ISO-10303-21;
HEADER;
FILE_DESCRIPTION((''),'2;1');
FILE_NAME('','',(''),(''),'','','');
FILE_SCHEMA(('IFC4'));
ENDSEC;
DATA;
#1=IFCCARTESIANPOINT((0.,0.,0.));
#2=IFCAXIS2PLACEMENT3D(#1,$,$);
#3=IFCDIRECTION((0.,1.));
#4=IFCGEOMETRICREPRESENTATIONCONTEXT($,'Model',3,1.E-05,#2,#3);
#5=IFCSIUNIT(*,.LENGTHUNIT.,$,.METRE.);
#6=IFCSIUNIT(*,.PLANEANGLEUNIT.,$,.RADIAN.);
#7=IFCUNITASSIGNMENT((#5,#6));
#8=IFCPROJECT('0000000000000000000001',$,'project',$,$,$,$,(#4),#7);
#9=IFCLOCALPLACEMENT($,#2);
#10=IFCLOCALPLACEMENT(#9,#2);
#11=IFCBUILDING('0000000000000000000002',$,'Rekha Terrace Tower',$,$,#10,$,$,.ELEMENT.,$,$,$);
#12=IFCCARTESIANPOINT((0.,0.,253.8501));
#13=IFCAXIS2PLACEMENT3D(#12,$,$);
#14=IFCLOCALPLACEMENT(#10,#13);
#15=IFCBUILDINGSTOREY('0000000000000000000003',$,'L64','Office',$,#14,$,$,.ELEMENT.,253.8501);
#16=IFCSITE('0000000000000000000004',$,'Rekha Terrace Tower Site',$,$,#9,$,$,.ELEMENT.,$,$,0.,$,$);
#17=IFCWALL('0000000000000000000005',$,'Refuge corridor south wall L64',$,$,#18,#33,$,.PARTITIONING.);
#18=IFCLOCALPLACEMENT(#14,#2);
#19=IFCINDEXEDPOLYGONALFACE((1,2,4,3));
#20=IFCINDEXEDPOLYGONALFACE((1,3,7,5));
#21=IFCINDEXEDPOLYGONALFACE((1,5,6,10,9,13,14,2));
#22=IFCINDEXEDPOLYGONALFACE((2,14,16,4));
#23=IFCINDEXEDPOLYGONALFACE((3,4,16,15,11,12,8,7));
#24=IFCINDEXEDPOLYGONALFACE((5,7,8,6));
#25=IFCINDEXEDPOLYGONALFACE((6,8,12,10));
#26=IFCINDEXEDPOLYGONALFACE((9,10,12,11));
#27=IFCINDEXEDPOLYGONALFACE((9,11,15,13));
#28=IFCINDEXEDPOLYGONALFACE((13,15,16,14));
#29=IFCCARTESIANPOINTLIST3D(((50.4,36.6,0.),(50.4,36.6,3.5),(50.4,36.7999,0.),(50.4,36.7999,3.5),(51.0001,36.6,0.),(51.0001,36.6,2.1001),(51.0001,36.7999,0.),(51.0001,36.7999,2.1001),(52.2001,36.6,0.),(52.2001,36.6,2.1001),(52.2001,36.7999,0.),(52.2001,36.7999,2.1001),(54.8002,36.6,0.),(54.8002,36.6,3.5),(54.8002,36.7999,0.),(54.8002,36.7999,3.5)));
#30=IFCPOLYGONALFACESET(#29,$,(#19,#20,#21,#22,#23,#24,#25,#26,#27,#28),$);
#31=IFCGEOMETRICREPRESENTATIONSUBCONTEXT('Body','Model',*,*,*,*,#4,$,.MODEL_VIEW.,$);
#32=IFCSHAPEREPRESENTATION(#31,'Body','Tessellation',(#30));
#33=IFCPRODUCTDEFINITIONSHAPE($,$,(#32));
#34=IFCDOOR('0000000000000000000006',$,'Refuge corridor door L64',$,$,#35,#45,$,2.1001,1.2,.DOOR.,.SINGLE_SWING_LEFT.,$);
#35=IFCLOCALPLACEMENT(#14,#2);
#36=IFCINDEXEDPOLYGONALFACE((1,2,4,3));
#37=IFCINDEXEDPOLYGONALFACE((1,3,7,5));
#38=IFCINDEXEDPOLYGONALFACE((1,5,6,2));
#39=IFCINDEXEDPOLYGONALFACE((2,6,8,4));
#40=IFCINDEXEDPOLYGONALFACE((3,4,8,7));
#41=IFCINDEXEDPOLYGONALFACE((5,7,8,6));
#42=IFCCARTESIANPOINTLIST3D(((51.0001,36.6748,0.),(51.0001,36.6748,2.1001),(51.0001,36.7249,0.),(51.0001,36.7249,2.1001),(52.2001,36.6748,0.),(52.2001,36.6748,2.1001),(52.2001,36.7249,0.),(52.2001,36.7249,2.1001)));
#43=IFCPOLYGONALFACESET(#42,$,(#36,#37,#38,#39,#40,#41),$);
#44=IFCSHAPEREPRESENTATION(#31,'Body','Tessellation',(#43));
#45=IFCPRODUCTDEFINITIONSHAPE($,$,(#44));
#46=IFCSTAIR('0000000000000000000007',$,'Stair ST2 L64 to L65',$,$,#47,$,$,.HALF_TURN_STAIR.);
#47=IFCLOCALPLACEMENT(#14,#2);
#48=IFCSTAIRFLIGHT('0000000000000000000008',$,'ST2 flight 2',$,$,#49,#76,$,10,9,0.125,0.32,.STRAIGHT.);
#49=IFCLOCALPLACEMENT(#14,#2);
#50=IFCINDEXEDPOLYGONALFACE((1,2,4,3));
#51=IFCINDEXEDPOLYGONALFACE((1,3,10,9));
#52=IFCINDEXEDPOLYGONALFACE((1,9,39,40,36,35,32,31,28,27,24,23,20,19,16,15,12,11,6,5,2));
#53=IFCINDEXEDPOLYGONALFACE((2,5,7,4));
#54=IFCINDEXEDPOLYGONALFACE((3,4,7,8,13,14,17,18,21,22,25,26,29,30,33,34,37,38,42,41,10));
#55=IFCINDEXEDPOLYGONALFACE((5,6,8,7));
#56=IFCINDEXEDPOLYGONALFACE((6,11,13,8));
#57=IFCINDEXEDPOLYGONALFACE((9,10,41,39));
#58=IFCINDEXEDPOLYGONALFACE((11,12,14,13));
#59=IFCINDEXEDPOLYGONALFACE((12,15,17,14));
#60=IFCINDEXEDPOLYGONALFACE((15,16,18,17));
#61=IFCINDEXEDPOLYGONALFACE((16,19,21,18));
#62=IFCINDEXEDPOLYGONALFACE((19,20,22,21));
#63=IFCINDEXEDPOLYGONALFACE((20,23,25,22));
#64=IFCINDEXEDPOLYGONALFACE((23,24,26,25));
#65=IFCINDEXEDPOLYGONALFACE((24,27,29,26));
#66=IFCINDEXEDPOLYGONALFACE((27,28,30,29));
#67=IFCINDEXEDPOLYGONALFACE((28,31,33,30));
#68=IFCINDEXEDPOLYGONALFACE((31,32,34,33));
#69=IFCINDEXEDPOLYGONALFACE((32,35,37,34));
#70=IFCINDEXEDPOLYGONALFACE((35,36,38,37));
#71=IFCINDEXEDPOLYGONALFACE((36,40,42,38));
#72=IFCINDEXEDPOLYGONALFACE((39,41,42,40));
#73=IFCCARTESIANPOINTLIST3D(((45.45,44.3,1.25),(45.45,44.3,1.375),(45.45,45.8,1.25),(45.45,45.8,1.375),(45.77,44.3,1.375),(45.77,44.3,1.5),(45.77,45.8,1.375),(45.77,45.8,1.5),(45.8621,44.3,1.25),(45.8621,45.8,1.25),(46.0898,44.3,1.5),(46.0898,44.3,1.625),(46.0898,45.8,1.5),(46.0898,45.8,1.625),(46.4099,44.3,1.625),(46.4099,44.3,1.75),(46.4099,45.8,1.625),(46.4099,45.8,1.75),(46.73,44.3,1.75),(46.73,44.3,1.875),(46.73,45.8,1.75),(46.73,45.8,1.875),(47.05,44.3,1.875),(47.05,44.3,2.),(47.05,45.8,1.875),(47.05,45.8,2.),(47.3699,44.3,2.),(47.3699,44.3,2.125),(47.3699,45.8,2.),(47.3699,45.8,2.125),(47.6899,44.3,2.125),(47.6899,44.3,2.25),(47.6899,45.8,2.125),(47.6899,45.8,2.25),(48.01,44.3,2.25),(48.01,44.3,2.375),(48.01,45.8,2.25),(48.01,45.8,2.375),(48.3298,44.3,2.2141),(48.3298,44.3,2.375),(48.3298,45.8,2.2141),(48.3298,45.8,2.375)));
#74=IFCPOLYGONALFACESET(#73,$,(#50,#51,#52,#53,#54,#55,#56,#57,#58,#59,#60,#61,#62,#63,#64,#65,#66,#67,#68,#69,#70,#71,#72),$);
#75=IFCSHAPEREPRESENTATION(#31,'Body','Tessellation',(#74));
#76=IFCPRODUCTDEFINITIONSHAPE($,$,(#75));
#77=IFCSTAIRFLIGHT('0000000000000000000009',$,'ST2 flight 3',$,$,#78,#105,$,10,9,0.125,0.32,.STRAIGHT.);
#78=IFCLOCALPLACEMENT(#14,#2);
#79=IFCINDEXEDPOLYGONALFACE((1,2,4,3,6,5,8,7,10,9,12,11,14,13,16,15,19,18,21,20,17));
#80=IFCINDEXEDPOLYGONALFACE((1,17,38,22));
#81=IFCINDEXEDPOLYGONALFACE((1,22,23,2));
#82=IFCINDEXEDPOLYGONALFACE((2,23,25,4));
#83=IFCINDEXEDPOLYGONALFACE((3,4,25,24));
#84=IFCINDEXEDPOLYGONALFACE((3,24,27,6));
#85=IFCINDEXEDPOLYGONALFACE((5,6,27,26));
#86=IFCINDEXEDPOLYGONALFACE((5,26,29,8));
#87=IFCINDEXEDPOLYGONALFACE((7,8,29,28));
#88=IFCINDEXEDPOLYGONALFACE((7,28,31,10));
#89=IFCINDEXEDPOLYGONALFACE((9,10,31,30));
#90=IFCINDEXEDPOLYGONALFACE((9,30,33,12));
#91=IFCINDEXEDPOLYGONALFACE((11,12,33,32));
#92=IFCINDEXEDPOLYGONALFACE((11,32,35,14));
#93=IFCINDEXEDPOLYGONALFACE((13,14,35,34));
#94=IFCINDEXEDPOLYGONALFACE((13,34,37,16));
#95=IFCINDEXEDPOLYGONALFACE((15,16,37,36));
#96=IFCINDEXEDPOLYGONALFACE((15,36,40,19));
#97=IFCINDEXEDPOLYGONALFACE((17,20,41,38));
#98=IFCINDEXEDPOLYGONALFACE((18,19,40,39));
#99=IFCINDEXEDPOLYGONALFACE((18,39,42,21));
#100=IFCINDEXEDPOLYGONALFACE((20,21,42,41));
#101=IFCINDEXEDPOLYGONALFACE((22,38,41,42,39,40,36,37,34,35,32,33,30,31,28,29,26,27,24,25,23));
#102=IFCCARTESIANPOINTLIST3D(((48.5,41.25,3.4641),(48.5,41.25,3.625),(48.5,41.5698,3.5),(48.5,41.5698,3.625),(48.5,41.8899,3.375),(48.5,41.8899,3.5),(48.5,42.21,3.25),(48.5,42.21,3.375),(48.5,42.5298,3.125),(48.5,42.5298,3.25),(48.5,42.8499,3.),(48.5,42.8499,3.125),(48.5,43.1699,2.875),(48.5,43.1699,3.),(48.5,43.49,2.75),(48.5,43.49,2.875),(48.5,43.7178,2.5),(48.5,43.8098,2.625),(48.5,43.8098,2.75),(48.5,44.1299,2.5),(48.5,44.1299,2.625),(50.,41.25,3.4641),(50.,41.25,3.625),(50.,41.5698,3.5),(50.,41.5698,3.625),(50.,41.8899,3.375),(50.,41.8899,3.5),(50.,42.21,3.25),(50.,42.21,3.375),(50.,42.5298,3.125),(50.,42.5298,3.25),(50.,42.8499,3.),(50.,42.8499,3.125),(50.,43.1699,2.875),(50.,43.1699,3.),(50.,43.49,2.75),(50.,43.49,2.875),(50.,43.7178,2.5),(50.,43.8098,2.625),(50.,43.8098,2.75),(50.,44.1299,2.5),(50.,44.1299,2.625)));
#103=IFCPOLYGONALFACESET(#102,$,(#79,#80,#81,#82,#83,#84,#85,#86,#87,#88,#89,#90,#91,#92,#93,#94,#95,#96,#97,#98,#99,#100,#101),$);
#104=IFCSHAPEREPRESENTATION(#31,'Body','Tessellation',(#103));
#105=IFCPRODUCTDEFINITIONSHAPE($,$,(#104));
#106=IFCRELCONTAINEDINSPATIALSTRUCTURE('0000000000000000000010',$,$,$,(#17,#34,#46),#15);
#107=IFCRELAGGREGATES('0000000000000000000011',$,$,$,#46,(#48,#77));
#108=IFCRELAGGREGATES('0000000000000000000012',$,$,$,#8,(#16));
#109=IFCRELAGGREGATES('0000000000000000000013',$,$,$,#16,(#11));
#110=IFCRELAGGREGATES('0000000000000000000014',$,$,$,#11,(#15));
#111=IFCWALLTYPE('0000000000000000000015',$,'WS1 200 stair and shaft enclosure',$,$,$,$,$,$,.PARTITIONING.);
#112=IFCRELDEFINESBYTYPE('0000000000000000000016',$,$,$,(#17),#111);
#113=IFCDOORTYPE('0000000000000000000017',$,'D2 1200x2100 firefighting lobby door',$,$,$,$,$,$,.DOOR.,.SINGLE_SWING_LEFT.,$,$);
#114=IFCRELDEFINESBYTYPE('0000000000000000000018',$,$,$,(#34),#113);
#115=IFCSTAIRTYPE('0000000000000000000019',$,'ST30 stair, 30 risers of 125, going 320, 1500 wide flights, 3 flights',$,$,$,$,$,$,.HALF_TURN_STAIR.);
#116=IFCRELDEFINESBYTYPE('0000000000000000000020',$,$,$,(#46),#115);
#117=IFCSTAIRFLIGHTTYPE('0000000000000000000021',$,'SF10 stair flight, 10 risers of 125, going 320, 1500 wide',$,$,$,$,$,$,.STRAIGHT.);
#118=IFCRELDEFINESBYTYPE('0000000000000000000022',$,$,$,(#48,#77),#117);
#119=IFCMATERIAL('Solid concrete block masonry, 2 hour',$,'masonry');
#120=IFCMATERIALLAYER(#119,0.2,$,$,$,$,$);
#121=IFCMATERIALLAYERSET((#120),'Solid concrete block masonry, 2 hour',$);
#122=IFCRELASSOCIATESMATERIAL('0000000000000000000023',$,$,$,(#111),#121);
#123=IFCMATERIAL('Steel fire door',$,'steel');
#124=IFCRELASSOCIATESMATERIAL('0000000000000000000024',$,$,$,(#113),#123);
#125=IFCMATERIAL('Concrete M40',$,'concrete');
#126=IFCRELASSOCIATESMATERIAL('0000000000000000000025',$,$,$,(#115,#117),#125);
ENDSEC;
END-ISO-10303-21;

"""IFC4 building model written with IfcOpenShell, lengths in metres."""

from ifc_helpers import new_model, si_unit, direction, frame, frame_2d, origin, place, context, subcontext, project, spatial, polyline, rectangle, outline, extrude, material, layer, layer_set, type_object, element, fill, aggregate, save


model = new_model("IFC4")

# Units and contexts
model_context = context("Model", 3, precision=1e-05, world=origin(), true_north=direction((0.0, 1.0)))
body_context = subcontext(model_context, "Body", "Model", "MODEL_VIEW")
ifc_project = project(units=[si_unit("LENGTHUNIT", "METRE"), si_unit("PLANEANGLEUNIT", "RADIAN")], contexts=[model_context])

# Site, building, storey
site_placement = place(None, origin())
site = spatial("IfcSite", under=ifc_project, at=site_placement, Name="Rekha Terrace Tower Site", CompositionType="ELEMENT", RefElevation=0.0)
building_placement = place(site_placement, origin())
building = spatial("IfcBuilding", under=site, at=building_placement, Name="Rekha Terrace Tower", CompositionType="ELEMENT")
storey_placement = place(building_placement, frame((0.0, 0.0, 253.8501)))
storey = spatial("IfcBuildingStorey", under=building, at=storey_placement, Name="L64", Description="Office", CompositionType="ELEMENT", Elevation=253.8501)

# Shared definitions
ifc_material_1 = material(Name="Solid concrete block masonry, 2 hour", Category="masonry")
ifc_layer_1 = layer(ifc_material_1, 0.2)
ifc_layer_set_1 = layer_set([ifc_layer_1], Name="Solid concrete block masonry, 2 hour")
wall_type_1 = type_object("IfcWallType", Name="WS1 200 stair and shaft enclosure", PredefinedType="PARTITIONING", material=ifc_layer_set_1)

# Wall, opening, door
wall_1_placement = place(storey_placement, frame((50.3999, 36.7, 0.0), z_axis=(0.0, 0.0, 1.0), x_axis=(1.0, 0.0, 0.0)))
wall_1 = element("IfcWall", 1, at=wall_1_placement, inside=storey, type_object=wall_type_1, Name="Refuge corridor south wall L64", PredefinedType="PARTITIONING", context=body_context, shape_type="SweptSolid", body=[
    extrude(rectangle(XDim=4.4001, YDim=0.2, at=frame_2d((2.2002, 0.0))), origin(), (0.0, 0.0, 1.0), 3.5),
])
opening_1_placement = place(wall_1_placement, frame((0.6001, 0.0, 0.0)))
opening_1 = element("IfcOpeningElement", 2, at=opening_1_placement, cuts=wall_1, PredefinedType="OPENING", context=body_context, shape_type="SweptSolid", body=[
    extrude(rectangle(XDim=1.2, YDim=2.1001, at=frame_2d((0.6001, 1.05))), frame((0.0, 0.1099, 0.0), z_axis=(0.0, -1.0, 0.0), x_axis=(1.0, 0.0, 0.0)), (0.0, 0.0, 1.0), 0.22),
])
ifc_material_2 = material(Name="Steel fire door", Category="steel")
door_type_1 = type_object("IfcDoorType", Name="D2 1200x2100 firefighting lobby door", OperationType="SINGLE_SWING_LEFT", PredefinedType="DOOR", material=ifc_material_2)
door_1_placement = place(opening_1_placement, origin())
door_1 = element("IfcDoor", 3, at=door_1_placement, inside=storey, type_object=door_type_1, Name="Refuge corridor door L64", OperationType="SINGLE_SWING_LEFT", OverallHeight=2.1001, OverallWidth=1.2, PredefinedType="DOOR", context=body_context, shape_type="SweptSolid", body=[
    extrude(rectangle(XDim=1.2, YDim=2.1001, at=frame_2d((0.6001, 1.05))), frame((0.0, 0.0249, 0.0), z_axis=(0.0, -1.0, 0.0), x_axis=(1.0, 0.0, 0.0)), (0.0, 0.0, 1.0), 0.05),
])
fill(opening_1, door_1)

# Stair, stair flights
ifc_material_3 = material(Name="Concrete M40", Category="concrete")
stair_type = type_object("IfcStairType", Name="ST30 stair, 30 risers of 125, going 320, 1500 wide flights, 3 flights", PredefinedType="HALF_TURN_STAIR", material=ifc_material_3)
stair_placement = place(storey_placement, origin())
stair = element("IfcStair", 4, at=stair_placement, inside=storey, type_object=stair_type, Name="Stair ST2 L64 to L65", PredefinedType="HALF_TURN_STAIR")
stair_flight_type = type_object("IfcStairFlightType", Name="SF10 stair flight, 10 risers of 125, going 320, 1500 wide", PredefinedType="STRAIGHT", material=ifc_material_3)
stair_flight_1_placement = place(storey_placement, frame((45.45, 45.05, 1.25), z_axis=(0.0, 0.0, 1.0), x_axis=(1.0, 0.0, 0.0)))
stair_flight_1 = element("IfcStairFlight", 5, at=stair_flight_1_placement, type_object=stair_flight_type, Name="ST2 flight 2", NumberOfRisers=10, NumberOfTreads=9, PredefinedType="STRAIGHT", RiserHeight=0.125, TreadLength=0.32, context=body_context, shape_type="SweptSolid", body=[
    extrude(outline(polyline([(0.0, 0.0), (0.0, 0.125), (0.3201, 0.125), (0.3201, 0.25), (0.6399, 0.25), (0.6399, 0.375), (0.96, 0.375), (0.96, 0.5), (1.28, 0.5), (1.28, 0.625), (1.6001, 0.625), (1.6001, 0.75), (1.9199, 0.75), (1.9199, 0.875), (2.24, 0.875), (2.24, 1.0), (2.5601, 1.0), (2.5601, 1.125), (2.8799, 1.125), (2.8799, 1.25), (2.8799, 0.9641), (0.4121, 0.0), (0.0, 0.0)])), frame((0.0, 0.75, 0.0), z_axis=(0.0, -1.0, 0.0), x_axis=(1.0, 0.0, 0.0)), (0.0, 0.0, 1.0), 1.5),
])
stair_flight_2_placement = place(storey_placement, frame((49.25, 44.1299, 2.5), z_axis=(0.0, 0.0, 1.0), x_axis=(0.0, -1.0, 0.0)))
stair_flight_2 = element("IfcStairFlight", 6, at=stair_flight_2_placement, type_object=stair_flight_type, Name="ST2 flight 3", NumberOfRisers=10, NumberOfTreads=9, PredefinedType="STRAIGHT", RiserHeight=0.125, TreadLength=0.32, context=body_context, shape_type="SweptSolid", body=[
    extrude(outline(polyline([(0.0, 0.0), (0.0, 0.125), (0.3201, 0.125), (0.3201, 0.25), (0.6399, 0.25), (0.6399, 0.375), (0.96, 0.375), (0.96, 0.5), (1.28, 0.5), (1.28, 0.625), (1.6001, 0.625), (1.6001, 0.75), (1.9199, 0.75), (1.9199, 0.875), (2.24, 0.875), (2.24, 1.0), (2.5601, 1.0), (2.5601, 1.125), (2.8799, 1.125), (2.8799, 1.25), (2.8799, 0.9641), (0.4121, 0.0), (0.0, 0.0)])), frame((0.0, 0.75, 0.0), z_axis=(0.0, -1.0, 0.0), x_axis=(1.0, 0.0, 0.0)), (0.0, 0.0, 1.0), 1.5),
])
aggregate(stair, [stair_flight_1, stair_flight_2])

save(model, "model.ifc")
